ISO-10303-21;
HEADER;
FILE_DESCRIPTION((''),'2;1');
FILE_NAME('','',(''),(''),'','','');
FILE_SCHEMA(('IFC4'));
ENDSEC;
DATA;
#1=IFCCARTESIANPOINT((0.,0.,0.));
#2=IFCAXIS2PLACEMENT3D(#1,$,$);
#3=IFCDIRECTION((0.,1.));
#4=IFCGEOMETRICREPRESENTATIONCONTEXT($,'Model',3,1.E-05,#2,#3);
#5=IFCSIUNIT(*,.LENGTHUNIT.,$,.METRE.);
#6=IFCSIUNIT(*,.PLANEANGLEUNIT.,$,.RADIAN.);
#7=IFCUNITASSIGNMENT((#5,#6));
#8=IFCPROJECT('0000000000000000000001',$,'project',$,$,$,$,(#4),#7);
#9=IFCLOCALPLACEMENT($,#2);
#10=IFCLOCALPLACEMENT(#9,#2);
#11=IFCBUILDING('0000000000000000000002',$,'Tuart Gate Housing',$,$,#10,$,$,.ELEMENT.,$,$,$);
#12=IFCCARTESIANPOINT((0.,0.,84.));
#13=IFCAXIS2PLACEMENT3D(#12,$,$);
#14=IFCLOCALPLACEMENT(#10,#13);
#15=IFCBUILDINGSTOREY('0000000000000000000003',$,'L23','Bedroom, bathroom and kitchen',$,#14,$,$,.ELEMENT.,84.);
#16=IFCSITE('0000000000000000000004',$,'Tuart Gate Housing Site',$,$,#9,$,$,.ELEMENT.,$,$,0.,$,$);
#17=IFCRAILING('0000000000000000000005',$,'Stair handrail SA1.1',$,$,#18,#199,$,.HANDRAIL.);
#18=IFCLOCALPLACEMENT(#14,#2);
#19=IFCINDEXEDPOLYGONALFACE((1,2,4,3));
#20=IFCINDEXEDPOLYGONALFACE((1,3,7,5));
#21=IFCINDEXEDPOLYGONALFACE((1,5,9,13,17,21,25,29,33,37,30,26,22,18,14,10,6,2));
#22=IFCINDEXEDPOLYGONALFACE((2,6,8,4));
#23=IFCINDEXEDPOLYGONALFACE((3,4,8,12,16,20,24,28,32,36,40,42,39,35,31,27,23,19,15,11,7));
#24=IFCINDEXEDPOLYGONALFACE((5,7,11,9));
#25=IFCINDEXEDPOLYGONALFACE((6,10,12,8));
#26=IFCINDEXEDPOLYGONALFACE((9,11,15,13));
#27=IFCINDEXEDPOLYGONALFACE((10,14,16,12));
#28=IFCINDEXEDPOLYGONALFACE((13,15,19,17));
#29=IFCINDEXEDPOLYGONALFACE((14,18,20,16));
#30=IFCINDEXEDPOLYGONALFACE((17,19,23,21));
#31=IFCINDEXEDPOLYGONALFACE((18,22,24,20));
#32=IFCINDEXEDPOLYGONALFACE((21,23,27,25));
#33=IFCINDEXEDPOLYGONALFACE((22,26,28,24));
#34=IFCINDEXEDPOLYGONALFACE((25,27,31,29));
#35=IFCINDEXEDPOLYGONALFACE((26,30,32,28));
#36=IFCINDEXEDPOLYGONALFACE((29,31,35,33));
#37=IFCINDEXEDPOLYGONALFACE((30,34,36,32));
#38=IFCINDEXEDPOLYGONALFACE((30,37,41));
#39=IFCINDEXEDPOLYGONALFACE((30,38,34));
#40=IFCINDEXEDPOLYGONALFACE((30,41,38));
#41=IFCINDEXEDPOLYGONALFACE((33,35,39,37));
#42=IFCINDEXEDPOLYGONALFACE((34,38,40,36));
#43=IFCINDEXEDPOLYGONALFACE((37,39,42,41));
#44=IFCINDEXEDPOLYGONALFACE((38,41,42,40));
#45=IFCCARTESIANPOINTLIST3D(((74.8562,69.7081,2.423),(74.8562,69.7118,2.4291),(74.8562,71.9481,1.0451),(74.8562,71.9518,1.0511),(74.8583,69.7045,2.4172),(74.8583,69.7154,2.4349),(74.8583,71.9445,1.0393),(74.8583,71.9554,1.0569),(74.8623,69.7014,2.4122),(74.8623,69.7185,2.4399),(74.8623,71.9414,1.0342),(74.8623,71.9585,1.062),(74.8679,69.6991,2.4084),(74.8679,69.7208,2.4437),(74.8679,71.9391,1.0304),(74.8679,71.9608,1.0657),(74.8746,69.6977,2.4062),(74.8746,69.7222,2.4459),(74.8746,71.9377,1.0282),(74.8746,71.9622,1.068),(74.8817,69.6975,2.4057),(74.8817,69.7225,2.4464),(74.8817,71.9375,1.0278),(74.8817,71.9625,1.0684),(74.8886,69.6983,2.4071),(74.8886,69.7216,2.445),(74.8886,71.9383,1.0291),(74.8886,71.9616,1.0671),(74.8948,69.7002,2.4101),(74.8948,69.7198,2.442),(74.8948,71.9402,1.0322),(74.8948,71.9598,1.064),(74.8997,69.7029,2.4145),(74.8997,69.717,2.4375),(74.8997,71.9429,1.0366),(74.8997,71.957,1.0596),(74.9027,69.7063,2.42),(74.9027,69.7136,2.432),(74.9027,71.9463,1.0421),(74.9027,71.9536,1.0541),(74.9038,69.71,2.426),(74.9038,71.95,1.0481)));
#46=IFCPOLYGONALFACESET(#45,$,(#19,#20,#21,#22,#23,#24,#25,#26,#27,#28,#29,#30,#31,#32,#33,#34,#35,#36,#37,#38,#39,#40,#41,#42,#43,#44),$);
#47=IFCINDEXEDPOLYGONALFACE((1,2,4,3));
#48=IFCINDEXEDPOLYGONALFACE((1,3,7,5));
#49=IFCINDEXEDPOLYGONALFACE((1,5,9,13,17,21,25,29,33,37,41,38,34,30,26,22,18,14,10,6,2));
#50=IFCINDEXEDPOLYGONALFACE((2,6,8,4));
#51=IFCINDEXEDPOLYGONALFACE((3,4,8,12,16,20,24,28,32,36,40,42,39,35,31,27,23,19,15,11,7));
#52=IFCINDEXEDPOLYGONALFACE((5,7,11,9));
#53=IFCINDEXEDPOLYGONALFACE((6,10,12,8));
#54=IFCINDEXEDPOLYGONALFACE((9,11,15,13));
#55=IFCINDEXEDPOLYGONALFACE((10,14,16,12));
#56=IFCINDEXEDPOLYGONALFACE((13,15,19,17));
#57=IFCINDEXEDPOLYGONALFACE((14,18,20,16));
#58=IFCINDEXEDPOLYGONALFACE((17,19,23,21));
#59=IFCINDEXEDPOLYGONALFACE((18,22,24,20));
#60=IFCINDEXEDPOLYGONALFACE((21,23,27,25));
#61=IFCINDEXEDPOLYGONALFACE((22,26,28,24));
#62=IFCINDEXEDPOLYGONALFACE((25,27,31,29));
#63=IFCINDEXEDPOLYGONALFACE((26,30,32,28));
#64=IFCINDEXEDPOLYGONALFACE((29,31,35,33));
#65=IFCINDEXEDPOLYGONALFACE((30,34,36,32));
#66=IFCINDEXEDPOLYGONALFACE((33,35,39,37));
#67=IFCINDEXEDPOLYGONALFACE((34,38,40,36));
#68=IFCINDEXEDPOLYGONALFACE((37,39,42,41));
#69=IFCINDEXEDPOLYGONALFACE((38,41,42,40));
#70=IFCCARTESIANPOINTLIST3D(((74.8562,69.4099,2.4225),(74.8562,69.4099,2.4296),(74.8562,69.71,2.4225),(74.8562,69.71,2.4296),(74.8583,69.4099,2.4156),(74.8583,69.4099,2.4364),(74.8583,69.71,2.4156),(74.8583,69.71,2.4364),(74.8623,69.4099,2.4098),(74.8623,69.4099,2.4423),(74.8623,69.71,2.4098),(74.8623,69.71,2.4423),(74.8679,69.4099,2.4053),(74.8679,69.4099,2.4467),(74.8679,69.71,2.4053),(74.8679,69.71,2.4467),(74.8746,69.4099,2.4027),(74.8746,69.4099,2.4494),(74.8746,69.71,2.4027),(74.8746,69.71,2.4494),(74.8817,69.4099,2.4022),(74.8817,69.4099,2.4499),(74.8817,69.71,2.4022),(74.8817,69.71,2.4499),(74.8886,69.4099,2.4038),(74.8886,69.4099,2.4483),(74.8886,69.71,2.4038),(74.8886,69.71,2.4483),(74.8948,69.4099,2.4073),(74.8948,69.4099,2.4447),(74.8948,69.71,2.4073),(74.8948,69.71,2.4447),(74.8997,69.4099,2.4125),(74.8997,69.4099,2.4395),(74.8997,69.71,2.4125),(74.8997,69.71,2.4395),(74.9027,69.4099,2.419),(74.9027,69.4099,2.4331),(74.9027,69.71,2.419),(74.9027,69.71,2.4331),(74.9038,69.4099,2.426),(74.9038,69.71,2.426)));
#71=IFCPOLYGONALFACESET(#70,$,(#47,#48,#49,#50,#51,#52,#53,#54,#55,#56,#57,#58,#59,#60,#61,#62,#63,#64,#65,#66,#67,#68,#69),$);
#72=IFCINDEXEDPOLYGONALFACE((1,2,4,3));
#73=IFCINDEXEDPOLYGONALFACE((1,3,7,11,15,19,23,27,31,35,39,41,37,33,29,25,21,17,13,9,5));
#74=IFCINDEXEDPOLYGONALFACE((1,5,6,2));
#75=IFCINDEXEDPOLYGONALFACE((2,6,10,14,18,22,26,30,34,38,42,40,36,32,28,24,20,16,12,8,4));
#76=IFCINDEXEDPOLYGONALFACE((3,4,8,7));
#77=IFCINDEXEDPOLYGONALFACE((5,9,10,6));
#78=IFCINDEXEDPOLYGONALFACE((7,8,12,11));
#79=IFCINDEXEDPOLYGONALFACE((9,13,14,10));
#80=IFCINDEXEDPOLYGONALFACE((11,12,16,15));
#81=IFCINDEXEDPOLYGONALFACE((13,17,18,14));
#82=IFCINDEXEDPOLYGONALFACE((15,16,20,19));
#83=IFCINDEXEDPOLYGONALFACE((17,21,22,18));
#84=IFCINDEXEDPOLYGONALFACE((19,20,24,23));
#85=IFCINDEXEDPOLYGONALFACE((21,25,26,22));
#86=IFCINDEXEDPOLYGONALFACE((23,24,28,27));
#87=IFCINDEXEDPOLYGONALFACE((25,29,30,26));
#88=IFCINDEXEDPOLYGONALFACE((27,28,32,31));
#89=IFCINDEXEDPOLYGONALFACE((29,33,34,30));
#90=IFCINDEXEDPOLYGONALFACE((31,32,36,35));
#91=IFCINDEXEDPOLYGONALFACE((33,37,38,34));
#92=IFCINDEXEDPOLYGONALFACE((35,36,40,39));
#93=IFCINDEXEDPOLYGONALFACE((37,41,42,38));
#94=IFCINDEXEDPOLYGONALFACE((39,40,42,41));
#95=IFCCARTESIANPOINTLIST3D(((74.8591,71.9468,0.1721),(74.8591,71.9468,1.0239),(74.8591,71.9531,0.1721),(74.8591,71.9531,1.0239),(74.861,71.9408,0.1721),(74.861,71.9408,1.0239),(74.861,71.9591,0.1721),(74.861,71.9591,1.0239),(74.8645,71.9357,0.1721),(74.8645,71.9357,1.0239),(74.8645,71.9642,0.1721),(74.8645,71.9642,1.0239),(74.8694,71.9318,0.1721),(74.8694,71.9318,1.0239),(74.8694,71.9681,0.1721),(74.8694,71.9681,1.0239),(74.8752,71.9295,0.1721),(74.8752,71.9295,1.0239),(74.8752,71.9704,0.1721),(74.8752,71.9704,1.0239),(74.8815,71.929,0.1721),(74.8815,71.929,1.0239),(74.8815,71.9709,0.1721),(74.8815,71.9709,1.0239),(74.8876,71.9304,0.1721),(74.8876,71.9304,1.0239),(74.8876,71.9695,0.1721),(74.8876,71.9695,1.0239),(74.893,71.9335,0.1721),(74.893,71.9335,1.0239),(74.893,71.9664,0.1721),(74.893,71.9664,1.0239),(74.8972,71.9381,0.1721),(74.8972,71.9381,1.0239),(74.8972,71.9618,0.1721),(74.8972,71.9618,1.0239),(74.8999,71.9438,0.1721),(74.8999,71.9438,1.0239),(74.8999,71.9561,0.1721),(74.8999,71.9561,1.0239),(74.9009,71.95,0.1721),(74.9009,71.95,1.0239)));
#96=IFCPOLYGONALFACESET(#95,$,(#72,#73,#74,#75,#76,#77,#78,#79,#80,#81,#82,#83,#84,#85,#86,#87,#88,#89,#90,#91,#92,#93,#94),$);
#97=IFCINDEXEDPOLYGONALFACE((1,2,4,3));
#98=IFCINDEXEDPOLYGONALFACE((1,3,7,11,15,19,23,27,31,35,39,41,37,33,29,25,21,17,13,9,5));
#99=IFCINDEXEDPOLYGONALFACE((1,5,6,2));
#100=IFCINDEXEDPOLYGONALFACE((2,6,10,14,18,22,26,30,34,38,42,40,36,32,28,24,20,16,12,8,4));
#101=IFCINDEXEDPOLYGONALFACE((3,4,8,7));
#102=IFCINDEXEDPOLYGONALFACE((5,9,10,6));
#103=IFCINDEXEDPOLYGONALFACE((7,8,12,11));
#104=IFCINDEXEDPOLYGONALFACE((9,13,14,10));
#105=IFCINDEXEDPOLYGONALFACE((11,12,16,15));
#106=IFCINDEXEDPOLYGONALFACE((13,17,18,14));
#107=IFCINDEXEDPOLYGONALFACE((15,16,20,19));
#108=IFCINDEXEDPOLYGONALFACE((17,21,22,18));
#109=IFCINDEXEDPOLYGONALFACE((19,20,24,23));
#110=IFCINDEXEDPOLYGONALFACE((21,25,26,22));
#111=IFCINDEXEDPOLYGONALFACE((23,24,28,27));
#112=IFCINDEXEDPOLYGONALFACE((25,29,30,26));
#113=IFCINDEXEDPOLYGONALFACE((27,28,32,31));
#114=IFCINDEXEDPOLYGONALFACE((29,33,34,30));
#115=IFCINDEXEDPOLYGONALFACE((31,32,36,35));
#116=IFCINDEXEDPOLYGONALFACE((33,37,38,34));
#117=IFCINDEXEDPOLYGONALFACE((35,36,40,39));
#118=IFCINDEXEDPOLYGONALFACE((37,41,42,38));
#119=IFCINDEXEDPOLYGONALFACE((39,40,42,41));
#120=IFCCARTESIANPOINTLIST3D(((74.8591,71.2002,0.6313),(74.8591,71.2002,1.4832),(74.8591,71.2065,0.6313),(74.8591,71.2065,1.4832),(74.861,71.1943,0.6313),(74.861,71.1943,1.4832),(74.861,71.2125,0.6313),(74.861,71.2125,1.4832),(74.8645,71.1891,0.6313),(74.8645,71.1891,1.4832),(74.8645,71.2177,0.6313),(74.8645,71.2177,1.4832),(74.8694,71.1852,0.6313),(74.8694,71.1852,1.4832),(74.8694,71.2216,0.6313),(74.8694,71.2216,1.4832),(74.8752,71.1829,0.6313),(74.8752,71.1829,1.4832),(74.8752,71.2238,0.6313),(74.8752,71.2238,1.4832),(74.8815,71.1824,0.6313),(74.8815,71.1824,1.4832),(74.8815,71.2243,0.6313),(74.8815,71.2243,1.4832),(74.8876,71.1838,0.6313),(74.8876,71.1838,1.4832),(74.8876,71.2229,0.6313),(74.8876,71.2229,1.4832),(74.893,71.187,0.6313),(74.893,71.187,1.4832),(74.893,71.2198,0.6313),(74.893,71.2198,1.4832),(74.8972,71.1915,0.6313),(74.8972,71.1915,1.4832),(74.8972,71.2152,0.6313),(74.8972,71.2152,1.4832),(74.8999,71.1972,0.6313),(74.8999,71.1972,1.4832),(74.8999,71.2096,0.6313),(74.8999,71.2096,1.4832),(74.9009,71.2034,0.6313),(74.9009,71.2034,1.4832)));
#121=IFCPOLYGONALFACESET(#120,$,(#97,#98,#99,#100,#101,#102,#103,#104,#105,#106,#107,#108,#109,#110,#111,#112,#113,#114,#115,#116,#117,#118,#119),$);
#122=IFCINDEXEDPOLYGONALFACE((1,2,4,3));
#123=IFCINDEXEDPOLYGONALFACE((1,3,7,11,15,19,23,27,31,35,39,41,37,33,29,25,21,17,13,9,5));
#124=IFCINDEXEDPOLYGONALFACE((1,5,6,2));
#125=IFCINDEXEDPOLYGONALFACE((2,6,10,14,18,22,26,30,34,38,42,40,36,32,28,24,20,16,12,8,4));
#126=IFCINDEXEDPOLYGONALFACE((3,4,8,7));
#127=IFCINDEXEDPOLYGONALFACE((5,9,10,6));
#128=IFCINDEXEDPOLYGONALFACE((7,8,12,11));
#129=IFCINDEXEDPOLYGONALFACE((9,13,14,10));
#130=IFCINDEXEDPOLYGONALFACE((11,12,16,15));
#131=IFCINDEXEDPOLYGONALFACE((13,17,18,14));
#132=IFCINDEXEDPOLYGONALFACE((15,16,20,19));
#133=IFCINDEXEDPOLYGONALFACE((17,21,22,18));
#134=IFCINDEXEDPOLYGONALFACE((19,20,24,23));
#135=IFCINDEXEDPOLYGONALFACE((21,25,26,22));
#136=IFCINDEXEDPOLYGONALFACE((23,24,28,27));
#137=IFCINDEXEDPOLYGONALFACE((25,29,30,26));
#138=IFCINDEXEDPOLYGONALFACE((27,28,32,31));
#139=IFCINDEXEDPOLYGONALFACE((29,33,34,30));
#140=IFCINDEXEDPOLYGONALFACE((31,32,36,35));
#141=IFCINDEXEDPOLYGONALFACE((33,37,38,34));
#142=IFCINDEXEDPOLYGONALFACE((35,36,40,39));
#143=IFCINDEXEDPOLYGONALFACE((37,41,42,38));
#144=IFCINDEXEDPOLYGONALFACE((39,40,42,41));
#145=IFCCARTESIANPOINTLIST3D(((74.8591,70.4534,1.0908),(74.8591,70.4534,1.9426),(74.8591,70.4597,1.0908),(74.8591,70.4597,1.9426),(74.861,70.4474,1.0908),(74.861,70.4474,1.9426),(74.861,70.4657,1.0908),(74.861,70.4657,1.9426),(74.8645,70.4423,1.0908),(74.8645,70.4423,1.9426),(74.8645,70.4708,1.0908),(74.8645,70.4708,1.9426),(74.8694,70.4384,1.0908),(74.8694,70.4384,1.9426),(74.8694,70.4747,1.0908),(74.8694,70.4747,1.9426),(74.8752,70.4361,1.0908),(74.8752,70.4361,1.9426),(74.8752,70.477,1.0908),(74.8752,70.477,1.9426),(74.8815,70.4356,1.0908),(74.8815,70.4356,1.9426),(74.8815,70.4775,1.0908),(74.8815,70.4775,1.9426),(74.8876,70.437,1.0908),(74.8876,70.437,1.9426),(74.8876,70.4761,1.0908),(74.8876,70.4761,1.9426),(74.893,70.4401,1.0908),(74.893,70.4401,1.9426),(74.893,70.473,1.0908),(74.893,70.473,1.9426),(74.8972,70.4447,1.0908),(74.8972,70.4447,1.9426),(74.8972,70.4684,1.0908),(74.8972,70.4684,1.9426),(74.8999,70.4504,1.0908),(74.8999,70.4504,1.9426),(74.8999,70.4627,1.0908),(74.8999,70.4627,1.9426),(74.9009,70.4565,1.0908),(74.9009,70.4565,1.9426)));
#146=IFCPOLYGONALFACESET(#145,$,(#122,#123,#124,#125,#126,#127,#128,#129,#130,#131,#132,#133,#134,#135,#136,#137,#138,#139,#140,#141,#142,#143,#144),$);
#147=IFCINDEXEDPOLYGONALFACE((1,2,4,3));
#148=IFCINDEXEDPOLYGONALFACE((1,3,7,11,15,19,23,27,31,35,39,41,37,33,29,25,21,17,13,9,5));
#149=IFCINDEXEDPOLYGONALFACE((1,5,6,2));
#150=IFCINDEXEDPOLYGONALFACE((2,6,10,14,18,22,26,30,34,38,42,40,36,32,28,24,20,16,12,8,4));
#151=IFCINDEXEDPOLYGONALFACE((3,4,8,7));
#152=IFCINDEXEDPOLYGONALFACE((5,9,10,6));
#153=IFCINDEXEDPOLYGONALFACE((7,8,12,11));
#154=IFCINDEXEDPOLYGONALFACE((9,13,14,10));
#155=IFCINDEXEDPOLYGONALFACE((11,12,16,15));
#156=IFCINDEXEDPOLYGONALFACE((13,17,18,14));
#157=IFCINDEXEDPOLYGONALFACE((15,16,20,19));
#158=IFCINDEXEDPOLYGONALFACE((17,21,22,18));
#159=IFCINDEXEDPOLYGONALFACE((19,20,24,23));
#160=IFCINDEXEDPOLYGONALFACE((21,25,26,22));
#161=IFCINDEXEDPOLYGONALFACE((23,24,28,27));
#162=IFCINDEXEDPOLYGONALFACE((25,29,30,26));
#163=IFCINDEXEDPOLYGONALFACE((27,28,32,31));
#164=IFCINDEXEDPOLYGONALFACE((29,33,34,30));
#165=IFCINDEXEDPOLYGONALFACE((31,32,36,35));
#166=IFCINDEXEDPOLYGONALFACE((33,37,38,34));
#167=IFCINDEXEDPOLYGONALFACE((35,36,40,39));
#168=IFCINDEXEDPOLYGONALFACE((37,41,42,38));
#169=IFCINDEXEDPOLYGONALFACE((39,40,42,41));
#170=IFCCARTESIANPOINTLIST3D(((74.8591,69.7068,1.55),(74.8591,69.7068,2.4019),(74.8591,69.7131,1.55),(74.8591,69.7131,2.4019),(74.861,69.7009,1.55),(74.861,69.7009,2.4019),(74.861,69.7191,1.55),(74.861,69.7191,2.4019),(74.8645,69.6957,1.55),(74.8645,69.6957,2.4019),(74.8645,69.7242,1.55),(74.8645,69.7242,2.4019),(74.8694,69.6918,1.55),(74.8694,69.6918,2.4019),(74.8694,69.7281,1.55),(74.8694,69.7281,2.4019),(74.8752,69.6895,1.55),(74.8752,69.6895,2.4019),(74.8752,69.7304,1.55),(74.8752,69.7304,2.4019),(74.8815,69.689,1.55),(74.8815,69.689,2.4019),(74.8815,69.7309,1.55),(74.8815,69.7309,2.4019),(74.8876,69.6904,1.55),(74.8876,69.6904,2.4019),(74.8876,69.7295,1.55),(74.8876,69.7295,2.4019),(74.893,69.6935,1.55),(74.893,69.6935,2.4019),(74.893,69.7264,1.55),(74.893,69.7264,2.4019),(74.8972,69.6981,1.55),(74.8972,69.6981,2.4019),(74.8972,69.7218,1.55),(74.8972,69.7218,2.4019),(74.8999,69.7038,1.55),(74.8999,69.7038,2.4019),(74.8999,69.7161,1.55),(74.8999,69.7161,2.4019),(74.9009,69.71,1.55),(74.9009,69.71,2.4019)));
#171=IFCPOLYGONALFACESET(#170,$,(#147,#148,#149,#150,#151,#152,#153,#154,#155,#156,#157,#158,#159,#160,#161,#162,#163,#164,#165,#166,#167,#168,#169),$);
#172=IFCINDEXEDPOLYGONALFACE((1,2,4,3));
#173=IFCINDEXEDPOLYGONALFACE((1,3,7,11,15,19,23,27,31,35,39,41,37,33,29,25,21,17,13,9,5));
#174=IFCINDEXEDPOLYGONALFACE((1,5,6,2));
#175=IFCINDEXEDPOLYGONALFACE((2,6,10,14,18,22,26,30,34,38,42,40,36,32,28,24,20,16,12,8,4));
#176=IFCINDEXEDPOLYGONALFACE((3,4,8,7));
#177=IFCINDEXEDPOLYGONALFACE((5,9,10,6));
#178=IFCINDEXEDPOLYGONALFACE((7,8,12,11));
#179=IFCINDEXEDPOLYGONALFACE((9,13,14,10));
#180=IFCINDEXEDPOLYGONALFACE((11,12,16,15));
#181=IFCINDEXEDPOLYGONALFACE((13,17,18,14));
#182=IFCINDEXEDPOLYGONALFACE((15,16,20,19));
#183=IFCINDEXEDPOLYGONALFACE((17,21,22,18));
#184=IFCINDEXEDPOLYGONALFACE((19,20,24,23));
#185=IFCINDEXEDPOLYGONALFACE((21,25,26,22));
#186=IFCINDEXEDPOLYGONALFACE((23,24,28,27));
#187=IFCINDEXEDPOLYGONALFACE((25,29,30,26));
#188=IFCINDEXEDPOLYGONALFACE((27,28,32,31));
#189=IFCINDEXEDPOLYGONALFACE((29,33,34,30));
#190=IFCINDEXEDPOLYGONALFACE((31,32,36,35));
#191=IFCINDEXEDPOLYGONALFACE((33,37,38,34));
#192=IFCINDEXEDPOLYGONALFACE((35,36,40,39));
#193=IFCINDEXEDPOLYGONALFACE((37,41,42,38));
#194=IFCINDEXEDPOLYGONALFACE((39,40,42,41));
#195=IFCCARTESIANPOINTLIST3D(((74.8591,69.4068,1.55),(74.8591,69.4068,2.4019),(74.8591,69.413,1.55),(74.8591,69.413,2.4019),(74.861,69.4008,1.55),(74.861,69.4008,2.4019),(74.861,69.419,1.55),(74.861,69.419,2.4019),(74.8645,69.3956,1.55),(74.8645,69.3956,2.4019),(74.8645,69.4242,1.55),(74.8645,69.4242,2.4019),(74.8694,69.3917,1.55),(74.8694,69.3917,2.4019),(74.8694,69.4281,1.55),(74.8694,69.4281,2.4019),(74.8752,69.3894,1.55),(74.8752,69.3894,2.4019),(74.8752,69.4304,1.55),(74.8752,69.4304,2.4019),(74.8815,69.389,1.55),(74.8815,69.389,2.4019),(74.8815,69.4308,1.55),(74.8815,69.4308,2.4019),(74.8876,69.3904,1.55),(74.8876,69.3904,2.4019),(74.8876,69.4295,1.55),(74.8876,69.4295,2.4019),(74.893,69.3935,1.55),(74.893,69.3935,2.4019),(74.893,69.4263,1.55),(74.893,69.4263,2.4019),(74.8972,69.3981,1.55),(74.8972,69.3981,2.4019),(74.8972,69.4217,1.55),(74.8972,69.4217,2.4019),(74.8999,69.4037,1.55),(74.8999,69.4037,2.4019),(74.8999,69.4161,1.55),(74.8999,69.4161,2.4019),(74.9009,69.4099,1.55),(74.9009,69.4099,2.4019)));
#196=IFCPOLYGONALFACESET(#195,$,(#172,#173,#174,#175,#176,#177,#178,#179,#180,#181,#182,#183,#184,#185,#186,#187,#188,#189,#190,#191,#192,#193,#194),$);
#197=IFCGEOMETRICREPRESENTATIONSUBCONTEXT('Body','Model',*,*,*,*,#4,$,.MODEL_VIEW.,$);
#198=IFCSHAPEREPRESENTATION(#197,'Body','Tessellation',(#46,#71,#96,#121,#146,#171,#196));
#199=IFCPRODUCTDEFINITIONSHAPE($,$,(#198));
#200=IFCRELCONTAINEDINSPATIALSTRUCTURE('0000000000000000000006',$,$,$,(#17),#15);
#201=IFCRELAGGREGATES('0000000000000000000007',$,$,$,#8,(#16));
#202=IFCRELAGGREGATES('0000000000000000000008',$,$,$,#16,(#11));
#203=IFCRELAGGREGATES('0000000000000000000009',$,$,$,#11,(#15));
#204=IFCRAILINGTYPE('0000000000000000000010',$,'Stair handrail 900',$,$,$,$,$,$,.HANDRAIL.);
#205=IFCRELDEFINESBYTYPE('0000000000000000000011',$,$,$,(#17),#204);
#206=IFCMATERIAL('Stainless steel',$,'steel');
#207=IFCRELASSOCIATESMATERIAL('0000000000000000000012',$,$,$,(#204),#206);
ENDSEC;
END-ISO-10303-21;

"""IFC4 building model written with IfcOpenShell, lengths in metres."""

from ifc_helpers import new_model, si_unit, direction, frame, origin, origin_2d, place, context, subcontext, project, spatial, circle, extrude, material, type_object, element, save


model = new_model("IFC4")

# Units and contexts
model_context = context("Model", 3, precision=1e-05, world=origin(), true_north=direction((0.0, 1.0)))
body_context = subcontext(model_context, "Body", "Model", "MODEL_VIEW")
ifc_project = project(units=[si_unit("LENGTHUNIT", "METRE"), si_unit("PLANEANGLEUNIT", "RADIAN")], contexts=[model_context])

# Site, building, storey
site_placement = place(None, origin())
site = spatial("IfcSite", under=ifc_project, at=site_placement, Name="Tuart Gate Housing Site", CompositionType="ELEMENT", RefElevation=0.0)
building_placement = place(site_placement, origin())
building = spatial("IfcBuilding", under=site, at=building_placement, Name="Tuart Gate Housing", CompositionType="ELEMENT")
storey_placement = place(building_placement, frame((0.0, 0.0, 84.0)))
storey = spatial("IfcBuildingStorey", under=building, at=storey_placement, Name="L23", Description="Bedroom, bathroom and kitchen", CompositionType="ELEMENT", Elevation=84.0)

# Railing
ifc_material_1 = material(Name="Stainless steel", Category="steel")
railing_type = type_object("IfcRailingType", Name="Stair handrail 900", PredefinedType="HANDRAIL", material=ifc_material_1)
railing_placement = place(storey_placement, frame((74.8799, 71.95, 0.1721)))
element("IfcRailing", 1, at=railing_placement, inside=storey, type_object=railing_type, Name="Stair handrail SA1.1", PredefinedType="HANDRAIL", context=body_context, shape_type="SweptSolid", body=[
    extrude(circle(Radius=0.0239, at=origin_2d()), frame((0.0, 0.0, 0.876), z_axis=(0.0, -0.851748, 0.523952), x_axis=(1.0, 0.0, 0.0)), (0.0, 0.0, 1.0), 2.6299),
    extrude(circle(Radius=0.0239, at=origin_2d()), frame((0.0, -2.24, 2.2539), z_axis=(0.0, -1.0, 0.0), x_axis=(1.0, 0.0, 0.0)), (0.0, 0.0, 1.0), 0.3),
    extrude(circle(Radius=0.021, at=origin_2d()), origin(), (0.0, 0.0, 1.0), 0.8518),
    extrude(circle(Radius=0.021, at=origin_2d()), frame((0.0, -0.7466, 0.4592)), (0.0, 0.0, 1.0), 0.8518),
    extrude(circle(Radius=0.021, at=origin_2d()), frame((0.0, -1.4934, 0.9187)), (0.0, 0.0, 1.0), 0.8518),
    extrude(circle(Radius=0.021, at=origin_2d()), frame((0.0, -2.24, 1.3779)), (0.0, 0.0, 1.0), 0.8518),
    extrude(circle(Radius=0.021, at=origin_2d()), frame((0.0, -2.54, 1.3779)), (0.0, 0.0, 1.0), 0.8518),
])

save(model, "model.ifc")
